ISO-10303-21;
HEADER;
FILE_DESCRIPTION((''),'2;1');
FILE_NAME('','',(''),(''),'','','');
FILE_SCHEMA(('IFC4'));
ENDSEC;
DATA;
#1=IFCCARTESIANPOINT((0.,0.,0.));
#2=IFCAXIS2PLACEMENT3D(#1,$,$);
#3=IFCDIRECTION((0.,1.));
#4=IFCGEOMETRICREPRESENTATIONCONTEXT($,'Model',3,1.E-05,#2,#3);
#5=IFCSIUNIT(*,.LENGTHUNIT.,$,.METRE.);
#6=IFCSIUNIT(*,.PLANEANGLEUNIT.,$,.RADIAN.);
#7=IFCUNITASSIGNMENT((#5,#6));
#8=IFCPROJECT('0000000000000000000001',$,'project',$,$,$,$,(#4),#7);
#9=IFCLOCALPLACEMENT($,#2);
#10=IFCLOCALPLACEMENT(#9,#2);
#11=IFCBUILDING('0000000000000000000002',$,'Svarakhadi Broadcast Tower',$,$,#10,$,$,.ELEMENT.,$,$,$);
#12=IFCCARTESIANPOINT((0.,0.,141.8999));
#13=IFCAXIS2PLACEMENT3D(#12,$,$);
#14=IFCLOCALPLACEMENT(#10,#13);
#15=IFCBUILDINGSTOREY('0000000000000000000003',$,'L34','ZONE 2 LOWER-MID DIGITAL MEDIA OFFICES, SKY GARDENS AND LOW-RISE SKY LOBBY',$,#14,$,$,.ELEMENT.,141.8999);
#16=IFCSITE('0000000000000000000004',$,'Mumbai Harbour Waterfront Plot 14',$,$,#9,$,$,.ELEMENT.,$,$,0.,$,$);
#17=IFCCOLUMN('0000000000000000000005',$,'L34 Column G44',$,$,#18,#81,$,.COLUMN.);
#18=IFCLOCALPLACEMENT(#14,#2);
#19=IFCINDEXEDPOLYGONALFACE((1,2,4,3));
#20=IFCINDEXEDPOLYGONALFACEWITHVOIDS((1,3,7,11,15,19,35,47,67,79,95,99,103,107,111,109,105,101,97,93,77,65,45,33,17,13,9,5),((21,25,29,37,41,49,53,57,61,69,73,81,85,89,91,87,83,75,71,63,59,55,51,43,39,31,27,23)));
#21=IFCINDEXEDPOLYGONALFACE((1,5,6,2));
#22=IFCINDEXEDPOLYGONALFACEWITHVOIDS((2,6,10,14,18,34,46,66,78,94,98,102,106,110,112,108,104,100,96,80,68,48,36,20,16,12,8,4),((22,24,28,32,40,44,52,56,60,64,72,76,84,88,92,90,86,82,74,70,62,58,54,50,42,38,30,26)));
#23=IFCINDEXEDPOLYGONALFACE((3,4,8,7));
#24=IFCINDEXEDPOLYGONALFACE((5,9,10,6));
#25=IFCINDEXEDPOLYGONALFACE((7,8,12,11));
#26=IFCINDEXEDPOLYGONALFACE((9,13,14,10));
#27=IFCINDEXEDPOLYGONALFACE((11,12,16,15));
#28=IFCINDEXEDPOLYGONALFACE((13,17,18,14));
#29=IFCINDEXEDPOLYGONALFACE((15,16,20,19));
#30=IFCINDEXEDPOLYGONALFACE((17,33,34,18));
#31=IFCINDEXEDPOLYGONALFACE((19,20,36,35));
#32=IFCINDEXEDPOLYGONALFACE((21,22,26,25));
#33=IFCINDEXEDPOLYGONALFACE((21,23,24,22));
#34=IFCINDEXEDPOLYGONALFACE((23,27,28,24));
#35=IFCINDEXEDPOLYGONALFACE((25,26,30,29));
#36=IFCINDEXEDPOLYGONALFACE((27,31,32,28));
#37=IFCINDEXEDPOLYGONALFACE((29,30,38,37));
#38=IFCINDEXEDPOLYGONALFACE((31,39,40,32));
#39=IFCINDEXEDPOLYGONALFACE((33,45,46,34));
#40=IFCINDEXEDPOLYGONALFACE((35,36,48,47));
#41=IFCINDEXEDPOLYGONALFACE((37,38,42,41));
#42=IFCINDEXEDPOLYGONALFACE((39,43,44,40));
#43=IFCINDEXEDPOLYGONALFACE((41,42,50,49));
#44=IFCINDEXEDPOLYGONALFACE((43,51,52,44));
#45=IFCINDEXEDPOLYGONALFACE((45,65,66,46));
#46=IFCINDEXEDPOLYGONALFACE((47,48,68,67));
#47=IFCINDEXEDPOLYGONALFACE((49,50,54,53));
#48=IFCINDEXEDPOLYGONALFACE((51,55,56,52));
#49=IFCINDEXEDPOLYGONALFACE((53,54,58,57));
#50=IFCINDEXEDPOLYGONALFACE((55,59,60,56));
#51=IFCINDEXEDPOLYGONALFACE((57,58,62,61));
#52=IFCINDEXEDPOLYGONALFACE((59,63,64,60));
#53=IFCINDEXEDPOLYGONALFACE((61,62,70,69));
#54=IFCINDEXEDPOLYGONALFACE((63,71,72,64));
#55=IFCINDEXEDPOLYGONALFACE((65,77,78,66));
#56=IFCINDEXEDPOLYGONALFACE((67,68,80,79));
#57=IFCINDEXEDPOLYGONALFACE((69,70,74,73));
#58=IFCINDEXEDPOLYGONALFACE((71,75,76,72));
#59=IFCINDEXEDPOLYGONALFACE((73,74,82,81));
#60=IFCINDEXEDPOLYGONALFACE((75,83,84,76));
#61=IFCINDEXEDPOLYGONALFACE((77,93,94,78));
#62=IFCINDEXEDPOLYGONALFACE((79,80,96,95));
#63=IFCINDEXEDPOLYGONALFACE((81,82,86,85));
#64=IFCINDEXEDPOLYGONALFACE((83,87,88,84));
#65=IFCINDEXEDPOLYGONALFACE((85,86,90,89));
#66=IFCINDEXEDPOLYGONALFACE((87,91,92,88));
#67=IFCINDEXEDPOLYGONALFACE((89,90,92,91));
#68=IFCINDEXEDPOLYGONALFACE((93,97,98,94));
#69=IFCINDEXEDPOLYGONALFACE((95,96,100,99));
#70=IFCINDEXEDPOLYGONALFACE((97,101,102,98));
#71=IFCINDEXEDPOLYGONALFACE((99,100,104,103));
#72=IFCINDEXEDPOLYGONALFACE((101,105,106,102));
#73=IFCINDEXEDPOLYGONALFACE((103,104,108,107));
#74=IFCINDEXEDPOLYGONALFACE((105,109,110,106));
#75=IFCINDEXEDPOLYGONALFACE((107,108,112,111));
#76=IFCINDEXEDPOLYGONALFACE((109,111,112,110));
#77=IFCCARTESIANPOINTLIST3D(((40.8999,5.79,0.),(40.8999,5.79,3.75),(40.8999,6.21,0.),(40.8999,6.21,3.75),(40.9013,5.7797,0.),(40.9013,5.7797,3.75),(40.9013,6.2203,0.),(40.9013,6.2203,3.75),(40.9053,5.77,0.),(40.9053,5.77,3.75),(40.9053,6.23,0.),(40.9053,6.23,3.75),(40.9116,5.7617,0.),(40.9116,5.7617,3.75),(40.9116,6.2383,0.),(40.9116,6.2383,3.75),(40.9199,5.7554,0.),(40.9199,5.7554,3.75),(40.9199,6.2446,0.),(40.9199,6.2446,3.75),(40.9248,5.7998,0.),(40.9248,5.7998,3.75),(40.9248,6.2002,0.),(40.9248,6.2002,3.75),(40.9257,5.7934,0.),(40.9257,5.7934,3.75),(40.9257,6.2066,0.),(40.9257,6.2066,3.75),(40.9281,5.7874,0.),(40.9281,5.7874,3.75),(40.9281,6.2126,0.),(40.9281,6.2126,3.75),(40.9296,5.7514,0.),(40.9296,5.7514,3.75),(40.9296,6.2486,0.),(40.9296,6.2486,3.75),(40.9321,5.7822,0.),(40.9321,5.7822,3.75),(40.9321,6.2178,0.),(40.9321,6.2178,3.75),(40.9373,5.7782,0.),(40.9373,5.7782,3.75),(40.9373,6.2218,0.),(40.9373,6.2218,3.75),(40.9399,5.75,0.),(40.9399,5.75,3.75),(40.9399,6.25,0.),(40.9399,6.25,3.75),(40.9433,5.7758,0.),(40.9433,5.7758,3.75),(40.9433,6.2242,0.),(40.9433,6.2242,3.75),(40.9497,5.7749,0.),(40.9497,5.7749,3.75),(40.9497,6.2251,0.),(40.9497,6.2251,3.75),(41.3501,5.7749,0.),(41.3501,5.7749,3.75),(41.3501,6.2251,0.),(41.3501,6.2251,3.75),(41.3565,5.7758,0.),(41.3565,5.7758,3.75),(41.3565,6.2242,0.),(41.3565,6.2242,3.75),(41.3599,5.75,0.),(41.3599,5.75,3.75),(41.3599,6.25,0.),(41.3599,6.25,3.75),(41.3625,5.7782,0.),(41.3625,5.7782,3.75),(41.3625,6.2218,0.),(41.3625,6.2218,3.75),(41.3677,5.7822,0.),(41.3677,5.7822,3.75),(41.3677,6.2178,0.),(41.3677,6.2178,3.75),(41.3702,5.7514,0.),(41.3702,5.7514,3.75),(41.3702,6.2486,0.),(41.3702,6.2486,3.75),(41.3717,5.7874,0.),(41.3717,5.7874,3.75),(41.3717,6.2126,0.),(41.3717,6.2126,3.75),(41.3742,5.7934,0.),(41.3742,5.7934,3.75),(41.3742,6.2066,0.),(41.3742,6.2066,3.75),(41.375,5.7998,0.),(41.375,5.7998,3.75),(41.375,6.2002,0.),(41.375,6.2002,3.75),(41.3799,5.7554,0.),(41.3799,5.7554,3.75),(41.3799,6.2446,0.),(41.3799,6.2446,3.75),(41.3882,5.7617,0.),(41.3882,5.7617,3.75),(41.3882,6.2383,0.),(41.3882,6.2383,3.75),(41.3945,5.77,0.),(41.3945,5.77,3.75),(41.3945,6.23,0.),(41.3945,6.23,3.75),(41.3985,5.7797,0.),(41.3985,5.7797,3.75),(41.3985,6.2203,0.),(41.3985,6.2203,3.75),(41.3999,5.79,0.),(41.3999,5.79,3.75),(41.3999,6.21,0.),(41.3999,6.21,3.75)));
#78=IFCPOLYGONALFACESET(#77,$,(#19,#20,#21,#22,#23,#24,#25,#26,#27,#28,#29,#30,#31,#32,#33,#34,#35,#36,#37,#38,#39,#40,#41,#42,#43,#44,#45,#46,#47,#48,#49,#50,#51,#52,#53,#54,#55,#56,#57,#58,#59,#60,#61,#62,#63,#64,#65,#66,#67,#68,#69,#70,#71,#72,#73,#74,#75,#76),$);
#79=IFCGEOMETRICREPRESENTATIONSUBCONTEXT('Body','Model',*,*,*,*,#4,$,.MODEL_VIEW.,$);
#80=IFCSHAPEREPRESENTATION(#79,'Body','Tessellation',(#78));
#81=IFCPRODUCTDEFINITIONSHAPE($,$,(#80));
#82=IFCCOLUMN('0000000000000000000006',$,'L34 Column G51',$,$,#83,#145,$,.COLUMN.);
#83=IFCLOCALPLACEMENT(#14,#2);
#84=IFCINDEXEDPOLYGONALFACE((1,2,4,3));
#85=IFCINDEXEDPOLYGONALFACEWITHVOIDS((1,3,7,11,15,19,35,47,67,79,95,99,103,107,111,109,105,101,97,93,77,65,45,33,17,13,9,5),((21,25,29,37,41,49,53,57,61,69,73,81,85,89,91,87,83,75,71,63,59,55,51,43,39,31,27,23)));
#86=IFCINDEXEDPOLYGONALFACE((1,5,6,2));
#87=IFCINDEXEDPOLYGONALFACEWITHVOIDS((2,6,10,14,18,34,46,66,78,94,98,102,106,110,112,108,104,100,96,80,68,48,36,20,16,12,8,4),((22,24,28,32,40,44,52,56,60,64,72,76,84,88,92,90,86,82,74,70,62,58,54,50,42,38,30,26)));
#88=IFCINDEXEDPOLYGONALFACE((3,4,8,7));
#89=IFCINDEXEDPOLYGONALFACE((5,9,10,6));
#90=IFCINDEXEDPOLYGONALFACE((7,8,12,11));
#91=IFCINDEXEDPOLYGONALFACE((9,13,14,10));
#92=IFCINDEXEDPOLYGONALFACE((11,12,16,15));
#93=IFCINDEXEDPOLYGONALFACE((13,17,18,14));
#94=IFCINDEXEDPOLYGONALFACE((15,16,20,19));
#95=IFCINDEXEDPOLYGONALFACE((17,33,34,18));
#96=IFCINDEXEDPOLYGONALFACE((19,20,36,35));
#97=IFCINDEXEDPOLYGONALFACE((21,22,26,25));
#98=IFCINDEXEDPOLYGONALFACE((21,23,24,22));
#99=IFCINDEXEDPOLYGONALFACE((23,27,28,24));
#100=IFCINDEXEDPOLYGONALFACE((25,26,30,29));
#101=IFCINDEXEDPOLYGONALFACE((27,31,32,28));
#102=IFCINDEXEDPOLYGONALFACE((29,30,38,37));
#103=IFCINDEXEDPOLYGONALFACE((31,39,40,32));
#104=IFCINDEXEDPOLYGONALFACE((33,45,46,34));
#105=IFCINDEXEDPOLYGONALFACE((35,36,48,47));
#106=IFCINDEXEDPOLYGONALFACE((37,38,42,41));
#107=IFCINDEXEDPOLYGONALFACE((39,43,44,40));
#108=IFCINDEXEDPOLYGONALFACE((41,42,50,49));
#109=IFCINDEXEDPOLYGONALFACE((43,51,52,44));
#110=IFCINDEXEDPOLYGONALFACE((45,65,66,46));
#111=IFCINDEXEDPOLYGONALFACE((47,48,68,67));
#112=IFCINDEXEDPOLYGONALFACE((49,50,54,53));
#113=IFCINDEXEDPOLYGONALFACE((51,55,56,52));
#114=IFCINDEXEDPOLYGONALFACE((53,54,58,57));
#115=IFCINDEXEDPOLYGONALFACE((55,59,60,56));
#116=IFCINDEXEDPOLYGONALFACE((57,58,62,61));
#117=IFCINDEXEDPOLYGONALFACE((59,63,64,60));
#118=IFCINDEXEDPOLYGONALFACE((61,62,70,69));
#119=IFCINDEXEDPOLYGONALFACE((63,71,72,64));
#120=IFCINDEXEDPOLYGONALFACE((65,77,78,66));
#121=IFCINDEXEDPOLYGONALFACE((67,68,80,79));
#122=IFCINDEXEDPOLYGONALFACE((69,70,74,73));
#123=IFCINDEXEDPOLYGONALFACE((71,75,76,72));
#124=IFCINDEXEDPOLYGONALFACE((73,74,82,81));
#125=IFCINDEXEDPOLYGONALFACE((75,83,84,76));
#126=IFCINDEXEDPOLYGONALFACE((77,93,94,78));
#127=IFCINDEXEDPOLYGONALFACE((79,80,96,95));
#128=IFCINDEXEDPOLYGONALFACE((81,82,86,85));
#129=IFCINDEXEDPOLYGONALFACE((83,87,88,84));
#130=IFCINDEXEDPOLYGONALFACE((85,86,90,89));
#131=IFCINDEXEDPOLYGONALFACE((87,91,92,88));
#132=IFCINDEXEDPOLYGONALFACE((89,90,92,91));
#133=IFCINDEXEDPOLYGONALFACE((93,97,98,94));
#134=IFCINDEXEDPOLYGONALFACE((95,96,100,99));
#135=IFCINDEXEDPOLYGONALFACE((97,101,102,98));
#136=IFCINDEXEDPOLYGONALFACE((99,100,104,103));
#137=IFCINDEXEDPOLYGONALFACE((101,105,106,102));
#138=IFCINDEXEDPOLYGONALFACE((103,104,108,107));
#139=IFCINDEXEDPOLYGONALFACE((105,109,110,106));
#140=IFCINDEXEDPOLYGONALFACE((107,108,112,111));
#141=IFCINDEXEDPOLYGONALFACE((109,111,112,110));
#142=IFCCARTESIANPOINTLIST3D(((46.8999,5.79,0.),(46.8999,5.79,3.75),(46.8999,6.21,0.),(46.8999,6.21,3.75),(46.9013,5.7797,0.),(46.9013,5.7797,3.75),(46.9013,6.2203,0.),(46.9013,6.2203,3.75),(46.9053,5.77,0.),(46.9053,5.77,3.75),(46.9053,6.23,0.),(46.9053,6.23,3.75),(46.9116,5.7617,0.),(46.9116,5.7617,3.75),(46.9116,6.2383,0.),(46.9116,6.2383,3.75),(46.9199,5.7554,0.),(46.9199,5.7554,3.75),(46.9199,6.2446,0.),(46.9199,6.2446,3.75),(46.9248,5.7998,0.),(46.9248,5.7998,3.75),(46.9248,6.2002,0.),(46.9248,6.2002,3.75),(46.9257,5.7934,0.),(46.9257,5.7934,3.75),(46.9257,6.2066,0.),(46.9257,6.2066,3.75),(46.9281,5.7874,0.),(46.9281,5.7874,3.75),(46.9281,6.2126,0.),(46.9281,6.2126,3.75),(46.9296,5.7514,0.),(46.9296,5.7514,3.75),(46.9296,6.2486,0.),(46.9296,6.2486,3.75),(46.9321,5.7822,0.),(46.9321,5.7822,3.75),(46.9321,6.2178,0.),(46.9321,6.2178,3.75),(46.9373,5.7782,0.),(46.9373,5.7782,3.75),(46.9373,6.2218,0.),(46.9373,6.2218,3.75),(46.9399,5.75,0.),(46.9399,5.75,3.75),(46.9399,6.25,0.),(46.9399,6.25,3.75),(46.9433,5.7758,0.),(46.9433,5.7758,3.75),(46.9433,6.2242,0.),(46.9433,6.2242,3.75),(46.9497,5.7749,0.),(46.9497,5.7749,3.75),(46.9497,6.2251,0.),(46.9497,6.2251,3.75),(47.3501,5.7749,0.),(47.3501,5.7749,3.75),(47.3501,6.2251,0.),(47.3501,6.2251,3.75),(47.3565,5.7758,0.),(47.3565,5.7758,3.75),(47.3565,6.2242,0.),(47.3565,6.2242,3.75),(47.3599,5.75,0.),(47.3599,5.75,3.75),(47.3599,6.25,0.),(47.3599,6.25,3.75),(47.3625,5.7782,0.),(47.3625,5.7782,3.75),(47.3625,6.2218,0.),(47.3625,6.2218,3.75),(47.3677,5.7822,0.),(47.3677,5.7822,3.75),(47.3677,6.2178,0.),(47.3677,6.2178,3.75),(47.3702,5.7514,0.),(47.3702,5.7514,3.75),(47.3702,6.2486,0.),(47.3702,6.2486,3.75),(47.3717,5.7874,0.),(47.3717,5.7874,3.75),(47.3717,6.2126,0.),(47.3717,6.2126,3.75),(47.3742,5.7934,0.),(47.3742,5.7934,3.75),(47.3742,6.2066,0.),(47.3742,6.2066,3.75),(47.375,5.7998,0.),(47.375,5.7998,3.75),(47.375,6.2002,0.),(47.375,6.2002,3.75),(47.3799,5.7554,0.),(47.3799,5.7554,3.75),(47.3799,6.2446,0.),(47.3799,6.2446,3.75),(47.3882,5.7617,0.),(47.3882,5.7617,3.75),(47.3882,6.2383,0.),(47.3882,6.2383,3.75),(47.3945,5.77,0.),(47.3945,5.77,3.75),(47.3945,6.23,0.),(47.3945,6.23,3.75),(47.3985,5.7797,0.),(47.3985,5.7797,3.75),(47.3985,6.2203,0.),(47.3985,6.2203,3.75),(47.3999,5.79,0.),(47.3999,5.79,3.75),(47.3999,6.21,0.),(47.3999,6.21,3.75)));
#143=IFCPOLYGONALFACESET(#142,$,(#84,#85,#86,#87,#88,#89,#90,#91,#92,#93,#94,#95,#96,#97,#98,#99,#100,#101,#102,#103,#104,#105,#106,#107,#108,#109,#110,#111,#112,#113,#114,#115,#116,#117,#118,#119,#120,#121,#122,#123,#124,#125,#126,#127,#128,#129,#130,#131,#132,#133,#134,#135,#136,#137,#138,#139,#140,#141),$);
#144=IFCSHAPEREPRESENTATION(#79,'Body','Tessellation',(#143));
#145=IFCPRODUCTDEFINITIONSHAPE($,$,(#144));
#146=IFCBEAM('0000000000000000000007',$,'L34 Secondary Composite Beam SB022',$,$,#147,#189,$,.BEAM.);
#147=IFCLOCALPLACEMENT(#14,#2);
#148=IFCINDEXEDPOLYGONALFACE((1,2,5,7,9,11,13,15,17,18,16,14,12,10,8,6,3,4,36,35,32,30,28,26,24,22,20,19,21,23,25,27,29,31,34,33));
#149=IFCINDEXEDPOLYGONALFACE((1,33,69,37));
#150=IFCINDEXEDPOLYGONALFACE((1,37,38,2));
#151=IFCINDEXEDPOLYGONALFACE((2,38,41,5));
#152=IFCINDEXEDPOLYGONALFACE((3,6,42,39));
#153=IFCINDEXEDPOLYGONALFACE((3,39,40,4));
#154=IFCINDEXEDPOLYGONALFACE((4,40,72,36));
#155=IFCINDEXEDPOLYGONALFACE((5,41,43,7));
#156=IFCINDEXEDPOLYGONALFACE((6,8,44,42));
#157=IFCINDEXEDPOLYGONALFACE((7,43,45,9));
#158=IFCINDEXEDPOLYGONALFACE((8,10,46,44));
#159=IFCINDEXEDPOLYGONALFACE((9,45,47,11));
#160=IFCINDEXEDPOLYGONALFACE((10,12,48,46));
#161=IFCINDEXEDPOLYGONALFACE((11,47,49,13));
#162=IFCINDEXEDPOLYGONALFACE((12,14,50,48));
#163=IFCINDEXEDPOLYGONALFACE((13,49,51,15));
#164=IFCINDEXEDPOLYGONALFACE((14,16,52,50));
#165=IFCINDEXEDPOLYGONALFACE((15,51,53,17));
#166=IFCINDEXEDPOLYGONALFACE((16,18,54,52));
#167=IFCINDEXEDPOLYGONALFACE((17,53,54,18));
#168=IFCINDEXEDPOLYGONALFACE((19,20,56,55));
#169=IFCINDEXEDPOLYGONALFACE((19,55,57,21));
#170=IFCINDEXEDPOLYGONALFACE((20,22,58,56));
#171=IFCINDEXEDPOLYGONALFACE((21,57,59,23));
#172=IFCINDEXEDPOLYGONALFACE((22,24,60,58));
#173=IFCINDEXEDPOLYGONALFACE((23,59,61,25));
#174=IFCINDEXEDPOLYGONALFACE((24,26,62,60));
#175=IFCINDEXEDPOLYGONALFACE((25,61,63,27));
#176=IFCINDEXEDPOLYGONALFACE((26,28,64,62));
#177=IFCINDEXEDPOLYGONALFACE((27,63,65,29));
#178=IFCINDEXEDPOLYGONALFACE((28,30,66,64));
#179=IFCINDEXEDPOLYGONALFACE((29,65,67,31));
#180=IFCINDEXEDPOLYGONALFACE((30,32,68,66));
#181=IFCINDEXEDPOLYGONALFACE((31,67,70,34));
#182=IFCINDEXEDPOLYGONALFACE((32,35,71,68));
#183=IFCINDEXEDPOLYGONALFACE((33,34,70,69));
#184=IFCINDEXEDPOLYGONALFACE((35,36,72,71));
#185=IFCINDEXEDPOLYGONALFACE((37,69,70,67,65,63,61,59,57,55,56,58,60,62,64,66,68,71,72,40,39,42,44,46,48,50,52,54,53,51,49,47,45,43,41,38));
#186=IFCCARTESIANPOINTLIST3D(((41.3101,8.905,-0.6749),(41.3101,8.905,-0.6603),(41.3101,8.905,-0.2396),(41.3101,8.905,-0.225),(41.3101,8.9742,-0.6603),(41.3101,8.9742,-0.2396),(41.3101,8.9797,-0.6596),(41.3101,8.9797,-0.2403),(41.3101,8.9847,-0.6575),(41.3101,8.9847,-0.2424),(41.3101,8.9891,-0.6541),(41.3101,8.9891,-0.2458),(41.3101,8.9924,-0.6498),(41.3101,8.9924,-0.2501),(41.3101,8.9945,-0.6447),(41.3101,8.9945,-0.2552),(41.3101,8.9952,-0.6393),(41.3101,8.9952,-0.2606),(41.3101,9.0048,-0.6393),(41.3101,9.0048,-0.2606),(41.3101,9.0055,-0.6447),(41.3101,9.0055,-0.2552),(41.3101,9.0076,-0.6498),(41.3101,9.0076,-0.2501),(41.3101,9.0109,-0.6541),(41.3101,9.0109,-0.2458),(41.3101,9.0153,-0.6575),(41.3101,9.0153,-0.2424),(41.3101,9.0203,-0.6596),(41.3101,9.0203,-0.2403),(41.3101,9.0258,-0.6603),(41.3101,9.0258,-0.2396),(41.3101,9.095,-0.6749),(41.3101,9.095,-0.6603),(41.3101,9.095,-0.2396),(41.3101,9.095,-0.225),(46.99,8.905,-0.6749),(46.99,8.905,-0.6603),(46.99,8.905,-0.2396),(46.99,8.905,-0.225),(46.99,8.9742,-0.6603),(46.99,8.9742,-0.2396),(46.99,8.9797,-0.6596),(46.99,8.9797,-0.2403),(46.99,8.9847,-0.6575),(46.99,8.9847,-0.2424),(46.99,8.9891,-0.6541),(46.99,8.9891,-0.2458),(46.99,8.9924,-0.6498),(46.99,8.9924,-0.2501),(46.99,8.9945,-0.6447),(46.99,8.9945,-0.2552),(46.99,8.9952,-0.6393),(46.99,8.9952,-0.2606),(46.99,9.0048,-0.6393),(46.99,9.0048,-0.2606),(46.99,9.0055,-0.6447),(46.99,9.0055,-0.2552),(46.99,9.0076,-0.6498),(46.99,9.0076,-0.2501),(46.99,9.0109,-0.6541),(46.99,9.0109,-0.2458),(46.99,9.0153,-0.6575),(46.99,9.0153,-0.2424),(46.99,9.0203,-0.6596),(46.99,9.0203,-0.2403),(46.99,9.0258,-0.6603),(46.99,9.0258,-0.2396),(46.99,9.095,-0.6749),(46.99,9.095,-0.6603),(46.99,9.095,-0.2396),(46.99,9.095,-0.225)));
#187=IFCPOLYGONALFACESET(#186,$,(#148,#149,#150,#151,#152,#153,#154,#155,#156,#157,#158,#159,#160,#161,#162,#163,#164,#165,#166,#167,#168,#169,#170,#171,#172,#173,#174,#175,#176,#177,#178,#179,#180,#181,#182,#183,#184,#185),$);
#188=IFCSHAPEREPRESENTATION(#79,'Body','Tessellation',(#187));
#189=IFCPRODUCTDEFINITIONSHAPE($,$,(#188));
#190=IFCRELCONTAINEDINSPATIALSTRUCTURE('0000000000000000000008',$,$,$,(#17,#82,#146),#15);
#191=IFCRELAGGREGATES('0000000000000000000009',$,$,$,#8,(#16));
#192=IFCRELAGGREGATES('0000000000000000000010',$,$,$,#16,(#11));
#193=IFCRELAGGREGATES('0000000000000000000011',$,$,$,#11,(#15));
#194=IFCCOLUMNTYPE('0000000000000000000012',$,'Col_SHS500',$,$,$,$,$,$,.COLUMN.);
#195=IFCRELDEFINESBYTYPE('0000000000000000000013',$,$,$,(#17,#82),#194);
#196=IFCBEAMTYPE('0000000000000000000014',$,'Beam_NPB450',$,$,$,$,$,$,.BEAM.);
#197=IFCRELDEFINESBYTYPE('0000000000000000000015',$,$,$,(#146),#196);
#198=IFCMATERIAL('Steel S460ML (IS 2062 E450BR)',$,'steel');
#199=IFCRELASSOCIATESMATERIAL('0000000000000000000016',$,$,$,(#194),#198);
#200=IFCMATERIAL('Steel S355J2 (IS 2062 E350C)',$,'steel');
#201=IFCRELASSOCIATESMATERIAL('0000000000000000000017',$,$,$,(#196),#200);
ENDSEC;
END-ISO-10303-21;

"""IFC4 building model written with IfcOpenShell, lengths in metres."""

from ifc_helpers import new_model, si_unit, direction, frame, origin, origin_2d, place, context, subcontext, project, spatial, hollow_rectangle, i_section, extrude, material, material_profile, profile_set, type_object, element, save


model = new_model("IFC4")

# Units and contexts
model_context = context("Model", 3, precision=1e-05, world=origin(), true_north=direction((0.0, 1.0)))
body_context = subcontext(model_context, "Body", "Model", "MODEL_VIEW")
ifc_project = project(units=[si_unit("LENGTHUNIT", "METRE"), si_unit("PLANEANGLEUNIT", "RADIAN")], contexts=[model_context])

# Site, building, storey
site_placement = place(None, origin())
site = spatial("IfcSite", under=ifc_project, at=site_placement, Name="Mumbai Harbour Waterfront Plot 14", CompositionType="ELEMENT", RefElevation=0.0)
building_placement = place(site_placement, origin())
building = spatial("IfcBuilding", under=site, at=building_placement, Name="Svarakhadi Broadcast Tower", CompositionType="ELEMENT")
storey_placement = place(building_placement, frame((0.0, 0.0, 141.8999)))
storey = spatial("IfcBuildingStorey", under=building, at=storey_placement, Name="L34", Description="ZONE 2 LOWER-MID DIGITAL MEDIA OFFICES, SKY GARDENS AND LOW-RISE SKY LOBBY", CompositionType="ELEMENT", Elevation=141.8999)

# Columns
ifc_material_1 = material(Name="Steel S460ML (IS 2062 E450BR)", Category="steel")
ifc_material_profile_1 = material_profile(ifc_material_1, hollow_rectangle(XDim=0.5, YDim=0.5, WallThickness=0.0249, InnerFilletRadius=0.0249, OuterFilletRadius=0.04, at=origin_2d()), Name="SHS 500x500x25")
ifc_profile_set_1 = profile_set([ifc_material_profile_1], Name="Steel S460ML (IS 2062 E450BR)")
column_type = type_object("IfcColumnType", Name="Col_SHS500", PredefinedType="COLUMN", material=ifc_profile_set_1)
for number, where, z_axis, x_axis, name in (
    (1, (41.1499, 6.0, 0.0), (0.0, 0.0, 1.0), (1.0, 0.0, 0.0), "L34 Column G44"),
    (2, (47.1499, 6.0, 0.0), (0.0, 0.0, 1.0), (1.0, 0.0, 0.0), "L34 Column G51"),
):
    element("IfcColumn", number, at=place(storey_placement, frame(where, z_axis=z_axis, x_axis=x_axis)), inside=storey, type_object=column_type, Name=name, PredefinedType="COLUMN", context=body_context, shape_type="SweptSolid", body=[
        extrude(hollow_rectangle(XDim=0.5, YDim=0.5, WallThickness=0.0249, InnerFilletRadius=0.0249, OuterFilletRadius=0.04, at=origin_2d()), origin(), (0.0, 0.0, 1.0), 3.75),
    ])

# Beam
ifc_material_2 = material(Name="Steel S355J2 (IS 2062 E350C)", Category="steel")
ifc_material_profile_2 = material_profile(ifc_material_2, i_section(OverallWidth=0.1899, OverallDepth=0.45, WebThickness=0.0095, FlangeThickness=0.0146, FilletRadius=0.021, at=origin_2d()), Name="NPB 450x190x78")
ifc_profile_set_2 = profile_set([ifc_material_profile_2], Name="Steel S355J2 (IS 2062 E350C)")
beam_type_1 = type_object("IfcBeamType", Name="Beam_NPB450", PredefinedType="BEAM", material=ifc_profile_set_2)
beam_placement = place(storey_placement, frame((41.3101, 9.0, -0.45), z_axis=(1.0, 0.0, 0.0), x_axis=(0.0, 1.0, 0.0)))
element("IfcBeam", 3, at=beam_placement, inside=storey, type_object=beam_type_1, Name="L34 Secondary Composite Beam SB022", PredefinedType="BEAM", context=body_context, shape_type="SweptSolid", body=[
    extrude(i_section(OverallWidth=0.1899, OverallDepth=0.45, WebThickness=0.0095, FlangeThickness=0.0146, FilletRadius=0.021, at=origin_2d()), origin(), (0.0, 0.0, 1.0), 5.6799),
])

save(model, "model.ifc")
